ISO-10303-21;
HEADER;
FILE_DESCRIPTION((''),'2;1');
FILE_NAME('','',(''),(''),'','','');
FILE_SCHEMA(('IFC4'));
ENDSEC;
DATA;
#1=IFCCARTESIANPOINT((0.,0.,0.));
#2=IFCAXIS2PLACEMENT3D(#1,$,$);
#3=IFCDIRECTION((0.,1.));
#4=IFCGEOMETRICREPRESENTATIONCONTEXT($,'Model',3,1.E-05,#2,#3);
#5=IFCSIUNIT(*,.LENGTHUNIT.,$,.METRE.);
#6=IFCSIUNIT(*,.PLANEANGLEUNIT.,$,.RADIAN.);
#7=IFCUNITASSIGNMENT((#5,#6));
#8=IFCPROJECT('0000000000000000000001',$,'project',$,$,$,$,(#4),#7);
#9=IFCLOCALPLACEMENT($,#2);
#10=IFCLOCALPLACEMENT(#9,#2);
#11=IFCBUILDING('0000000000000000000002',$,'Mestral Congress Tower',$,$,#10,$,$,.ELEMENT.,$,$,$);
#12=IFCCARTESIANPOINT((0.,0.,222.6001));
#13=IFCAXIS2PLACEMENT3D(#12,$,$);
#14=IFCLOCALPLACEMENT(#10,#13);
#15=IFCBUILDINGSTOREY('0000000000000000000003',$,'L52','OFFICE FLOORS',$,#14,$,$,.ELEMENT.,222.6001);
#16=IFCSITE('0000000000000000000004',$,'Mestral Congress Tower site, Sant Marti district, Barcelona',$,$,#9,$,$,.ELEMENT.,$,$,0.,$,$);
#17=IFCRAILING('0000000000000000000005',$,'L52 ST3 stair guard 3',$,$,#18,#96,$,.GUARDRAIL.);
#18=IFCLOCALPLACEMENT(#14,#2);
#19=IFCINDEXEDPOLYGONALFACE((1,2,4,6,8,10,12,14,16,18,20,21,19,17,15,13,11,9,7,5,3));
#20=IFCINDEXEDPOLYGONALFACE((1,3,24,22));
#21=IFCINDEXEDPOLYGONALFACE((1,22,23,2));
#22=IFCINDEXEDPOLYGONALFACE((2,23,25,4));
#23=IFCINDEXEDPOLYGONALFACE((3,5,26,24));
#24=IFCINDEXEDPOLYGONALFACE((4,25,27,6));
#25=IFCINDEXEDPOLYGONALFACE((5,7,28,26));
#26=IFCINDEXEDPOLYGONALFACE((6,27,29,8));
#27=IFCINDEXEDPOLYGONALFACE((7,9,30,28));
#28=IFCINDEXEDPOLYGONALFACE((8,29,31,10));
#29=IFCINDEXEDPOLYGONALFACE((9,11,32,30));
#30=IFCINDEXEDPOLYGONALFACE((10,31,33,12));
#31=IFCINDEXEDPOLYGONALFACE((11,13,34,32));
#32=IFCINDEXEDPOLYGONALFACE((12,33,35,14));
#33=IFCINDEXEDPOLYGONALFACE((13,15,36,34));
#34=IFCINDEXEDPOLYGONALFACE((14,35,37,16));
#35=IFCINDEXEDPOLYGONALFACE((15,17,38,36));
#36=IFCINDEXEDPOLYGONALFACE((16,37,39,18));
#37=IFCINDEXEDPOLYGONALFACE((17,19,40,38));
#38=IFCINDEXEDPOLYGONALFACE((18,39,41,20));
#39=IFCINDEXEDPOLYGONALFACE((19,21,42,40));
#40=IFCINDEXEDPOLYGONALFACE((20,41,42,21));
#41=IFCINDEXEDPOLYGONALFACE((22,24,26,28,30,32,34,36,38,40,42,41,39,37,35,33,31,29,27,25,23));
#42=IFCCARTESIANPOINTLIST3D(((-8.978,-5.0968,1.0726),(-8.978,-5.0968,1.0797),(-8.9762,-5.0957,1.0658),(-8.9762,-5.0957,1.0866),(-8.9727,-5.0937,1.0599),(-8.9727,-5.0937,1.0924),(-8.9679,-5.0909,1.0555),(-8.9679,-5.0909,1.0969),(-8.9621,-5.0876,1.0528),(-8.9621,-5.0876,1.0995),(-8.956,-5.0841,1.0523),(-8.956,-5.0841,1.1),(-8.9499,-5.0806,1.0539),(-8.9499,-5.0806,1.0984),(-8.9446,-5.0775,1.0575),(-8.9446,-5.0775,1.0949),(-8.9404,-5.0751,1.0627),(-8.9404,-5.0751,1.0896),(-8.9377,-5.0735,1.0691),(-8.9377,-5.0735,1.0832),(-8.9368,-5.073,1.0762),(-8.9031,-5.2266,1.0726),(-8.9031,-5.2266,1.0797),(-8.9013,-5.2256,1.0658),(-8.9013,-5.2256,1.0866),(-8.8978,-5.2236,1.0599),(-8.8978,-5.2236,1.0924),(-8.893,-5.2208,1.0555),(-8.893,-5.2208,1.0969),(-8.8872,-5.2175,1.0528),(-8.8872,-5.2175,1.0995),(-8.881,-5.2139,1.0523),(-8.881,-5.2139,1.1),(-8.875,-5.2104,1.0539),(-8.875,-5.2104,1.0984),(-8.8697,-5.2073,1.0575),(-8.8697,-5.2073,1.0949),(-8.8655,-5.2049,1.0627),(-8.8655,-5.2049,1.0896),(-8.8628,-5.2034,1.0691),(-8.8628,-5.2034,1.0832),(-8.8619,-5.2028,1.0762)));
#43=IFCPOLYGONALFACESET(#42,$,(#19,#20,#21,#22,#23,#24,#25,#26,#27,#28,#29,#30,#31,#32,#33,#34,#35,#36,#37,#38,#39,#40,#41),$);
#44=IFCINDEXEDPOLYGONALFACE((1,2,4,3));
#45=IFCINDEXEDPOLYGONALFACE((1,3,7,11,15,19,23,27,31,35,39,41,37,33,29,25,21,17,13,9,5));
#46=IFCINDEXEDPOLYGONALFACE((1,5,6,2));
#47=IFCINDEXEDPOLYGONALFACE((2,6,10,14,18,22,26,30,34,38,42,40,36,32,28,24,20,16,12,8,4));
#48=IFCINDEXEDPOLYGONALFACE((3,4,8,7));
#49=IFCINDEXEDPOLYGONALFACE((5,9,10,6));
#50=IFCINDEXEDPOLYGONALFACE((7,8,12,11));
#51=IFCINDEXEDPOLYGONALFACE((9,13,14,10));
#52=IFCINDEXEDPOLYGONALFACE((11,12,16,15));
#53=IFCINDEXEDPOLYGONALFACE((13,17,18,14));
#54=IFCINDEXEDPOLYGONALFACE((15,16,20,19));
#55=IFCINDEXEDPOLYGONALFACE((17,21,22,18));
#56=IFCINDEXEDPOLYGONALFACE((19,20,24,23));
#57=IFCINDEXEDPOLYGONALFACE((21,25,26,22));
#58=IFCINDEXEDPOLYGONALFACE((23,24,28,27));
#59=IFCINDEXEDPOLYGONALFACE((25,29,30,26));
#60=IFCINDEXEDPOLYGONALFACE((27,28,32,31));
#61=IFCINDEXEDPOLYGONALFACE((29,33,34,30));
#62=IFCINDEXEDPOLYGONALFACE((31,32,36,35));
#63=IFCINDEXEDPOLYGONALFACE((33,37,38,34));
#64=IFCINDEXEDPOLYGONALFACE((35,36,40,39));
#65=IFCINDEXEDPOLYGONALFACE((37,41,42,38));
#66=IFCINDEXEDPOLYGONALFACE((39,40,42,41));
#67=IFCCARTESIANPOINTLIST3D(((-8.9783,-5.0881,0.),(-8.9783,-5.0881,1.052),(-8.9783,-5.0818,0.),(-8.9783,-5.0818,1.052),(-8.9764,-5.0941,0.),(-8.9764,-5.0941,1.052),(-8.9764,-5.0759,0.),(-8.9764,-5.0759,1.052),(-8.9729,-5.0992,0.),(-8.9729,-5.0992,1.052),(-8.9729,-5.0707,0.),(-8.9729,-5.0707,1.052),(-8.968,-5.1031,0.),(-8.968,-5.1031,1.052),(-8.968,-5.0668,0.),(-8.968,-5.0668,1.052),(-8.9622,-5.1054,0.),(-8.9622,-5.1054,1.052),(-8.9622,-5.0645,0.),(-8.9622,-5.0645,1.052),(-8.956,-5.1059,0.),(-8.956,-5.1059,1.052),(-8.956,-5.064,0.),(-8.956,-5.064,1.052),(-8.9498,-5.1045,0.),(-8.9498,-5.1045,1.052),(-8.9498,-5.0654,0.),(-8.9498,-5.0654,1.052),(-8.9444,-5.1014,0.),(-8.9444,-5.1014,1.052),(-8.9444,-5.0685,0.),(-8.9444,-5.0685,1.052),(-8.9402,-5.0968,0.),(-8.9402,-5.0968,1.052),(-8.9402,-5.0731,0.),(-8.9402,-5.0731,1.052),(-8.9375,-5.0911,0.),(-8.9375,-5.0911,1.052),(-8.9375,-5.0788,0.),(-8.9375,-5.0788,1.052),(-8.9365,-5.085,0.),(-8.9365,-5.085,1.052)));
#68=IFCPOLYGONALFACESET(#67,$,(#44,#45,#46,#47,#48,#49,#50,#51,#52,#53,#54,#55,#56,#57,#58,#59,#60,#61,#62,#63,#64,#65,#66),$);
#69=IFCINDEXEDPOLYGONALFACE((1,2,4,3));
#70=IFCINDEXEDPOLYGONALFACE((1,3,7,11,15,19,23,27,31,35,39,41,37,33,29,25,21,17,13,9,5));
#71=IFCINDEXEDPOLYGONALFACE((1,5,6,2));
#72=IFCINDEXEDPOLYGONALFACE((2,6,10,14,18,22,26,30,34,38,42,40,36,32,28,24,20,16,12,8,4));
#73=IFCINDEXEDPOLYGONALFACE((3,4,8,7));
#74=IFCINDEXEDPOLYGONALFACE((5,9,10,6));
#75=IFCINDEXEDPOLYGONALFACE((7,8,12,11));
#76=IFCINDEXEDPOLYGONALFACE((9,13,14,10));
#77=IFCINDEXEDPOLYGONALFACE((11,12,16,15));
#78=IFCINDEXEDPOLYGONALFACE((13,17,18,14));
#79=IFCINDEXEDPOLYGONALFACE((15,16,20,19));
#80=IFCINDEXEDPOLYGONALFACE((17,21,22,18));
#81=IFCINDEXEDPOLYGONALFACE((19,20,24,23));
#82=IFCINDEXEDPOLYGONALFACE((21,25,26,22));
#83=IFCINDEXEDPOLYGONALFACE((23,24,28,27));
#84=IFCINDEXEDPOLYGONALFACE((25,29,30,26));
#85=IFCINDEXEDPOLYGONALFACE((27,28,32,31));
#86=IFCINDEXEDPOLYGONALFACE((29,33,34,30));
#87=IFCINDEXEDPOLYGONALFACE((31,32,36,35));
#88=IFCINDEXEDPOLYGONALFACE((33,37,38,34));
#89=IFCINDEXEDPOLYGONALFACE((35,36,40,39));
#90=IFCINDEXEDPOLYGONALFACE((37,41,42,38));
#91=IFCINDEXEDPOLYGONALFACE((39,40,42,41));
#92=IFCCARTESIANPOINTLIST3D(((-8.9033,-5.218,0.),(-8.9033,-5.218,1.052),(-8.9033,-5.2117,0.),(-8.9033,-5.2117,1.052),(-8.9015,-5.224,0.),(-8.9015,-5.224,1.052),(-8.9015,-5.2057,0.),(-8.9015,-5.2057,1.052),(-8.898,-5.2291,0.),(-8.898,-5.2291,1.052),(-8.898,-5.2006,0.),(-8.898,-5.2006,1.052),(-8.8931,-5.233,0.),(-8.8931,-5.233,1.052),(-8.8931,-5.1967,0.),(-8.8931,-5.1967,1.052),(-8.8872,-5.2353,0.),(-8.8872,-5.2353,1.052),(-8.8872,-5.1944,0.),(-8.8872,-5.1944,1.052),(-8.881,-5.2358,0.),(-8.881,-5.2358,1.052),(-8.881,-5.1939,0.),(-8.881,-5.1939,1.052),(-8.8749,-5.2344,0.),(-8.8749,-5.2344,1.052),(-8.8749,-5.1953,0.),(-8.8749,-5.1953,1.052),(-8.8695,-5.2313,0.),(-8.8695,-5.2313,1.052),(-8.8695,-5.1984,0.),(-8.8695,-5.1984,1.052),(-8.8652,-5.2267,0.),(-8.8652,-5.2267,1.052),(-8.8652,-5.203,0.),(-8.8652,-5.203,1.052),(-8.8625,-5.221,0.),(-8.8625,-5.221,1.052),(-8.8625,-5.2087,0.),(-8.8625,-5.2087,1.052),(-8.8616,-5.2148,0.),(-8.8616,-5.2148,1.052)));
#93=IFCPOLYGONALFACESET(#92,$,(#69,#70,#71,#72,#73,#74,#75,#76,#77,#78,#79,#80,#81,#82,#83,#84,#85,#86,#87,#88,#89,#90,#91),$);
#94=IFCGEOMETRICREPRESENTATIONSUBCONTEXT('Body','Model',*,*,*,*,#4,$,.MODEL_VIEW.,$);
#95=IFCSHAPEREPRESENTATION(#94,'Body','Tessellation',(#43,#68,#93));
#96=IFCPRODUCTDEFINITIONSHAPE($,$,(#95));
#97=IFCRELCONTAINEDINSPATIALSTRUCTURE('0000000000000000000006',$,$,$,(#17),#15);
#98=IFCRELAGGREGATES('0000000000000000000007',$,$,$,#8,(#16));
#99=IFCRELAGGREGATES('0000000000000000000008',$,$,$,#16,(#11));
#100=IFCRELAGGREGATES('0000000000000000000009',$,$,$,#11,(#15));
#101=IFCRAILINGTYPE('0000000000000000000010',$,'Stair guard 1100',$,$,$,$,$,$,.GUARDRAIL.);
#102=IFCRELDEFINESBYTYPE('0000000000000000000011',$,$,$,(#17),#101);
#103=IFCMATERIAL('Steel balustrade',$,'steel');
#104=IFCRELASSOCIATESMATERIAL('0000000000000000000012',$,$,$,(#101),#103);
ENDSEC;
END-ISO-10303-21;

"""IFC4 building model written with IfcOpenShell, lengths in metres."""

from ifc_helpers import new_model, si_unit, direction, frame, origin, origin_2d, place, context, subcontext, project, spatial, circle, extrude, material, type_object, element, save


model = new_model("IFC4")

# Units and contexts
model_context = context("Model", 3, precision=1e-05, world=origin(), true_north=direction((0.0, 1.0)))
body_context = subcontext(model_context, "Body", "Model", "MODEL_VIEW")
ifc_project = project(units=[si_unit("LENGTHUNIT", "METRE"), si_unit("PLANEANGLEUNIT", "RADIAN")], contexts=[model_context])

# Site, building, storey
site_placement = place(None, origin())
site = spatial("IfcSite", under=ifc_project, at=site_placement, Name="Mestral Congress Tower site, Sant Marti district, Barcelona", CompositionType="ELEMENT", RefElevation=0.0)
building_placement = place(site_placement, origin())
building = spatial("IfcBuilding", under=site, at=building_placement, Name="Mestral Congress Tower", CompositionType="ELEMENT")
storey_placement = place(building_placement, frame((0.0, 0.0, 222.6001)))
storey = spatial("IfcBuildingStorey", under=building, at=storey_placement, Name="L52", Description="OFFICE FLOORS", CompositionType="ELEMENT", Elevation=222.6001)

# Railing
ifc_material_1 = material(Name="Steel balustrade", Category="steel")
railing_type_1 = type_object("IfcRailingType", Name="Stair guard 1100", PredefinedType="GUARDRAIL", material=ifc_material_1)
railing_1_placement = place(storey_placement, frame((-8.9575, -5.085, 0.0)))
element("IfcRailing", 1, at=railing_1_placement, inside=storey, type_object=railing_type_1, Name="L52 ST3 stair guard 3", PredefinedType="GUARDRAIL", context=body_context, shape_type="SweptSolid", body=[
    extrude(circle(Radius=0.0239, at=origin_2d()), frame((0.0, 0.0, 1.0762), z_axis=(0.499816, -0.866131, 0.0), x_axis=(0.866131, 0.499816, 0.0)), (0.0, 0.0, 1.0), 0.1499),
    extrude(circle(Radius=0.021, at=origin_2d()), origin(), (0.0, 0.0, 1.0), 1.052),
    extrude(circle(Radius=0.021, at=origin_2d()), frame((0.075, -0.1299, 0.0)), (0.0, 0.0, 1.0), 1.052),
])

save(model, "model.ifc")
